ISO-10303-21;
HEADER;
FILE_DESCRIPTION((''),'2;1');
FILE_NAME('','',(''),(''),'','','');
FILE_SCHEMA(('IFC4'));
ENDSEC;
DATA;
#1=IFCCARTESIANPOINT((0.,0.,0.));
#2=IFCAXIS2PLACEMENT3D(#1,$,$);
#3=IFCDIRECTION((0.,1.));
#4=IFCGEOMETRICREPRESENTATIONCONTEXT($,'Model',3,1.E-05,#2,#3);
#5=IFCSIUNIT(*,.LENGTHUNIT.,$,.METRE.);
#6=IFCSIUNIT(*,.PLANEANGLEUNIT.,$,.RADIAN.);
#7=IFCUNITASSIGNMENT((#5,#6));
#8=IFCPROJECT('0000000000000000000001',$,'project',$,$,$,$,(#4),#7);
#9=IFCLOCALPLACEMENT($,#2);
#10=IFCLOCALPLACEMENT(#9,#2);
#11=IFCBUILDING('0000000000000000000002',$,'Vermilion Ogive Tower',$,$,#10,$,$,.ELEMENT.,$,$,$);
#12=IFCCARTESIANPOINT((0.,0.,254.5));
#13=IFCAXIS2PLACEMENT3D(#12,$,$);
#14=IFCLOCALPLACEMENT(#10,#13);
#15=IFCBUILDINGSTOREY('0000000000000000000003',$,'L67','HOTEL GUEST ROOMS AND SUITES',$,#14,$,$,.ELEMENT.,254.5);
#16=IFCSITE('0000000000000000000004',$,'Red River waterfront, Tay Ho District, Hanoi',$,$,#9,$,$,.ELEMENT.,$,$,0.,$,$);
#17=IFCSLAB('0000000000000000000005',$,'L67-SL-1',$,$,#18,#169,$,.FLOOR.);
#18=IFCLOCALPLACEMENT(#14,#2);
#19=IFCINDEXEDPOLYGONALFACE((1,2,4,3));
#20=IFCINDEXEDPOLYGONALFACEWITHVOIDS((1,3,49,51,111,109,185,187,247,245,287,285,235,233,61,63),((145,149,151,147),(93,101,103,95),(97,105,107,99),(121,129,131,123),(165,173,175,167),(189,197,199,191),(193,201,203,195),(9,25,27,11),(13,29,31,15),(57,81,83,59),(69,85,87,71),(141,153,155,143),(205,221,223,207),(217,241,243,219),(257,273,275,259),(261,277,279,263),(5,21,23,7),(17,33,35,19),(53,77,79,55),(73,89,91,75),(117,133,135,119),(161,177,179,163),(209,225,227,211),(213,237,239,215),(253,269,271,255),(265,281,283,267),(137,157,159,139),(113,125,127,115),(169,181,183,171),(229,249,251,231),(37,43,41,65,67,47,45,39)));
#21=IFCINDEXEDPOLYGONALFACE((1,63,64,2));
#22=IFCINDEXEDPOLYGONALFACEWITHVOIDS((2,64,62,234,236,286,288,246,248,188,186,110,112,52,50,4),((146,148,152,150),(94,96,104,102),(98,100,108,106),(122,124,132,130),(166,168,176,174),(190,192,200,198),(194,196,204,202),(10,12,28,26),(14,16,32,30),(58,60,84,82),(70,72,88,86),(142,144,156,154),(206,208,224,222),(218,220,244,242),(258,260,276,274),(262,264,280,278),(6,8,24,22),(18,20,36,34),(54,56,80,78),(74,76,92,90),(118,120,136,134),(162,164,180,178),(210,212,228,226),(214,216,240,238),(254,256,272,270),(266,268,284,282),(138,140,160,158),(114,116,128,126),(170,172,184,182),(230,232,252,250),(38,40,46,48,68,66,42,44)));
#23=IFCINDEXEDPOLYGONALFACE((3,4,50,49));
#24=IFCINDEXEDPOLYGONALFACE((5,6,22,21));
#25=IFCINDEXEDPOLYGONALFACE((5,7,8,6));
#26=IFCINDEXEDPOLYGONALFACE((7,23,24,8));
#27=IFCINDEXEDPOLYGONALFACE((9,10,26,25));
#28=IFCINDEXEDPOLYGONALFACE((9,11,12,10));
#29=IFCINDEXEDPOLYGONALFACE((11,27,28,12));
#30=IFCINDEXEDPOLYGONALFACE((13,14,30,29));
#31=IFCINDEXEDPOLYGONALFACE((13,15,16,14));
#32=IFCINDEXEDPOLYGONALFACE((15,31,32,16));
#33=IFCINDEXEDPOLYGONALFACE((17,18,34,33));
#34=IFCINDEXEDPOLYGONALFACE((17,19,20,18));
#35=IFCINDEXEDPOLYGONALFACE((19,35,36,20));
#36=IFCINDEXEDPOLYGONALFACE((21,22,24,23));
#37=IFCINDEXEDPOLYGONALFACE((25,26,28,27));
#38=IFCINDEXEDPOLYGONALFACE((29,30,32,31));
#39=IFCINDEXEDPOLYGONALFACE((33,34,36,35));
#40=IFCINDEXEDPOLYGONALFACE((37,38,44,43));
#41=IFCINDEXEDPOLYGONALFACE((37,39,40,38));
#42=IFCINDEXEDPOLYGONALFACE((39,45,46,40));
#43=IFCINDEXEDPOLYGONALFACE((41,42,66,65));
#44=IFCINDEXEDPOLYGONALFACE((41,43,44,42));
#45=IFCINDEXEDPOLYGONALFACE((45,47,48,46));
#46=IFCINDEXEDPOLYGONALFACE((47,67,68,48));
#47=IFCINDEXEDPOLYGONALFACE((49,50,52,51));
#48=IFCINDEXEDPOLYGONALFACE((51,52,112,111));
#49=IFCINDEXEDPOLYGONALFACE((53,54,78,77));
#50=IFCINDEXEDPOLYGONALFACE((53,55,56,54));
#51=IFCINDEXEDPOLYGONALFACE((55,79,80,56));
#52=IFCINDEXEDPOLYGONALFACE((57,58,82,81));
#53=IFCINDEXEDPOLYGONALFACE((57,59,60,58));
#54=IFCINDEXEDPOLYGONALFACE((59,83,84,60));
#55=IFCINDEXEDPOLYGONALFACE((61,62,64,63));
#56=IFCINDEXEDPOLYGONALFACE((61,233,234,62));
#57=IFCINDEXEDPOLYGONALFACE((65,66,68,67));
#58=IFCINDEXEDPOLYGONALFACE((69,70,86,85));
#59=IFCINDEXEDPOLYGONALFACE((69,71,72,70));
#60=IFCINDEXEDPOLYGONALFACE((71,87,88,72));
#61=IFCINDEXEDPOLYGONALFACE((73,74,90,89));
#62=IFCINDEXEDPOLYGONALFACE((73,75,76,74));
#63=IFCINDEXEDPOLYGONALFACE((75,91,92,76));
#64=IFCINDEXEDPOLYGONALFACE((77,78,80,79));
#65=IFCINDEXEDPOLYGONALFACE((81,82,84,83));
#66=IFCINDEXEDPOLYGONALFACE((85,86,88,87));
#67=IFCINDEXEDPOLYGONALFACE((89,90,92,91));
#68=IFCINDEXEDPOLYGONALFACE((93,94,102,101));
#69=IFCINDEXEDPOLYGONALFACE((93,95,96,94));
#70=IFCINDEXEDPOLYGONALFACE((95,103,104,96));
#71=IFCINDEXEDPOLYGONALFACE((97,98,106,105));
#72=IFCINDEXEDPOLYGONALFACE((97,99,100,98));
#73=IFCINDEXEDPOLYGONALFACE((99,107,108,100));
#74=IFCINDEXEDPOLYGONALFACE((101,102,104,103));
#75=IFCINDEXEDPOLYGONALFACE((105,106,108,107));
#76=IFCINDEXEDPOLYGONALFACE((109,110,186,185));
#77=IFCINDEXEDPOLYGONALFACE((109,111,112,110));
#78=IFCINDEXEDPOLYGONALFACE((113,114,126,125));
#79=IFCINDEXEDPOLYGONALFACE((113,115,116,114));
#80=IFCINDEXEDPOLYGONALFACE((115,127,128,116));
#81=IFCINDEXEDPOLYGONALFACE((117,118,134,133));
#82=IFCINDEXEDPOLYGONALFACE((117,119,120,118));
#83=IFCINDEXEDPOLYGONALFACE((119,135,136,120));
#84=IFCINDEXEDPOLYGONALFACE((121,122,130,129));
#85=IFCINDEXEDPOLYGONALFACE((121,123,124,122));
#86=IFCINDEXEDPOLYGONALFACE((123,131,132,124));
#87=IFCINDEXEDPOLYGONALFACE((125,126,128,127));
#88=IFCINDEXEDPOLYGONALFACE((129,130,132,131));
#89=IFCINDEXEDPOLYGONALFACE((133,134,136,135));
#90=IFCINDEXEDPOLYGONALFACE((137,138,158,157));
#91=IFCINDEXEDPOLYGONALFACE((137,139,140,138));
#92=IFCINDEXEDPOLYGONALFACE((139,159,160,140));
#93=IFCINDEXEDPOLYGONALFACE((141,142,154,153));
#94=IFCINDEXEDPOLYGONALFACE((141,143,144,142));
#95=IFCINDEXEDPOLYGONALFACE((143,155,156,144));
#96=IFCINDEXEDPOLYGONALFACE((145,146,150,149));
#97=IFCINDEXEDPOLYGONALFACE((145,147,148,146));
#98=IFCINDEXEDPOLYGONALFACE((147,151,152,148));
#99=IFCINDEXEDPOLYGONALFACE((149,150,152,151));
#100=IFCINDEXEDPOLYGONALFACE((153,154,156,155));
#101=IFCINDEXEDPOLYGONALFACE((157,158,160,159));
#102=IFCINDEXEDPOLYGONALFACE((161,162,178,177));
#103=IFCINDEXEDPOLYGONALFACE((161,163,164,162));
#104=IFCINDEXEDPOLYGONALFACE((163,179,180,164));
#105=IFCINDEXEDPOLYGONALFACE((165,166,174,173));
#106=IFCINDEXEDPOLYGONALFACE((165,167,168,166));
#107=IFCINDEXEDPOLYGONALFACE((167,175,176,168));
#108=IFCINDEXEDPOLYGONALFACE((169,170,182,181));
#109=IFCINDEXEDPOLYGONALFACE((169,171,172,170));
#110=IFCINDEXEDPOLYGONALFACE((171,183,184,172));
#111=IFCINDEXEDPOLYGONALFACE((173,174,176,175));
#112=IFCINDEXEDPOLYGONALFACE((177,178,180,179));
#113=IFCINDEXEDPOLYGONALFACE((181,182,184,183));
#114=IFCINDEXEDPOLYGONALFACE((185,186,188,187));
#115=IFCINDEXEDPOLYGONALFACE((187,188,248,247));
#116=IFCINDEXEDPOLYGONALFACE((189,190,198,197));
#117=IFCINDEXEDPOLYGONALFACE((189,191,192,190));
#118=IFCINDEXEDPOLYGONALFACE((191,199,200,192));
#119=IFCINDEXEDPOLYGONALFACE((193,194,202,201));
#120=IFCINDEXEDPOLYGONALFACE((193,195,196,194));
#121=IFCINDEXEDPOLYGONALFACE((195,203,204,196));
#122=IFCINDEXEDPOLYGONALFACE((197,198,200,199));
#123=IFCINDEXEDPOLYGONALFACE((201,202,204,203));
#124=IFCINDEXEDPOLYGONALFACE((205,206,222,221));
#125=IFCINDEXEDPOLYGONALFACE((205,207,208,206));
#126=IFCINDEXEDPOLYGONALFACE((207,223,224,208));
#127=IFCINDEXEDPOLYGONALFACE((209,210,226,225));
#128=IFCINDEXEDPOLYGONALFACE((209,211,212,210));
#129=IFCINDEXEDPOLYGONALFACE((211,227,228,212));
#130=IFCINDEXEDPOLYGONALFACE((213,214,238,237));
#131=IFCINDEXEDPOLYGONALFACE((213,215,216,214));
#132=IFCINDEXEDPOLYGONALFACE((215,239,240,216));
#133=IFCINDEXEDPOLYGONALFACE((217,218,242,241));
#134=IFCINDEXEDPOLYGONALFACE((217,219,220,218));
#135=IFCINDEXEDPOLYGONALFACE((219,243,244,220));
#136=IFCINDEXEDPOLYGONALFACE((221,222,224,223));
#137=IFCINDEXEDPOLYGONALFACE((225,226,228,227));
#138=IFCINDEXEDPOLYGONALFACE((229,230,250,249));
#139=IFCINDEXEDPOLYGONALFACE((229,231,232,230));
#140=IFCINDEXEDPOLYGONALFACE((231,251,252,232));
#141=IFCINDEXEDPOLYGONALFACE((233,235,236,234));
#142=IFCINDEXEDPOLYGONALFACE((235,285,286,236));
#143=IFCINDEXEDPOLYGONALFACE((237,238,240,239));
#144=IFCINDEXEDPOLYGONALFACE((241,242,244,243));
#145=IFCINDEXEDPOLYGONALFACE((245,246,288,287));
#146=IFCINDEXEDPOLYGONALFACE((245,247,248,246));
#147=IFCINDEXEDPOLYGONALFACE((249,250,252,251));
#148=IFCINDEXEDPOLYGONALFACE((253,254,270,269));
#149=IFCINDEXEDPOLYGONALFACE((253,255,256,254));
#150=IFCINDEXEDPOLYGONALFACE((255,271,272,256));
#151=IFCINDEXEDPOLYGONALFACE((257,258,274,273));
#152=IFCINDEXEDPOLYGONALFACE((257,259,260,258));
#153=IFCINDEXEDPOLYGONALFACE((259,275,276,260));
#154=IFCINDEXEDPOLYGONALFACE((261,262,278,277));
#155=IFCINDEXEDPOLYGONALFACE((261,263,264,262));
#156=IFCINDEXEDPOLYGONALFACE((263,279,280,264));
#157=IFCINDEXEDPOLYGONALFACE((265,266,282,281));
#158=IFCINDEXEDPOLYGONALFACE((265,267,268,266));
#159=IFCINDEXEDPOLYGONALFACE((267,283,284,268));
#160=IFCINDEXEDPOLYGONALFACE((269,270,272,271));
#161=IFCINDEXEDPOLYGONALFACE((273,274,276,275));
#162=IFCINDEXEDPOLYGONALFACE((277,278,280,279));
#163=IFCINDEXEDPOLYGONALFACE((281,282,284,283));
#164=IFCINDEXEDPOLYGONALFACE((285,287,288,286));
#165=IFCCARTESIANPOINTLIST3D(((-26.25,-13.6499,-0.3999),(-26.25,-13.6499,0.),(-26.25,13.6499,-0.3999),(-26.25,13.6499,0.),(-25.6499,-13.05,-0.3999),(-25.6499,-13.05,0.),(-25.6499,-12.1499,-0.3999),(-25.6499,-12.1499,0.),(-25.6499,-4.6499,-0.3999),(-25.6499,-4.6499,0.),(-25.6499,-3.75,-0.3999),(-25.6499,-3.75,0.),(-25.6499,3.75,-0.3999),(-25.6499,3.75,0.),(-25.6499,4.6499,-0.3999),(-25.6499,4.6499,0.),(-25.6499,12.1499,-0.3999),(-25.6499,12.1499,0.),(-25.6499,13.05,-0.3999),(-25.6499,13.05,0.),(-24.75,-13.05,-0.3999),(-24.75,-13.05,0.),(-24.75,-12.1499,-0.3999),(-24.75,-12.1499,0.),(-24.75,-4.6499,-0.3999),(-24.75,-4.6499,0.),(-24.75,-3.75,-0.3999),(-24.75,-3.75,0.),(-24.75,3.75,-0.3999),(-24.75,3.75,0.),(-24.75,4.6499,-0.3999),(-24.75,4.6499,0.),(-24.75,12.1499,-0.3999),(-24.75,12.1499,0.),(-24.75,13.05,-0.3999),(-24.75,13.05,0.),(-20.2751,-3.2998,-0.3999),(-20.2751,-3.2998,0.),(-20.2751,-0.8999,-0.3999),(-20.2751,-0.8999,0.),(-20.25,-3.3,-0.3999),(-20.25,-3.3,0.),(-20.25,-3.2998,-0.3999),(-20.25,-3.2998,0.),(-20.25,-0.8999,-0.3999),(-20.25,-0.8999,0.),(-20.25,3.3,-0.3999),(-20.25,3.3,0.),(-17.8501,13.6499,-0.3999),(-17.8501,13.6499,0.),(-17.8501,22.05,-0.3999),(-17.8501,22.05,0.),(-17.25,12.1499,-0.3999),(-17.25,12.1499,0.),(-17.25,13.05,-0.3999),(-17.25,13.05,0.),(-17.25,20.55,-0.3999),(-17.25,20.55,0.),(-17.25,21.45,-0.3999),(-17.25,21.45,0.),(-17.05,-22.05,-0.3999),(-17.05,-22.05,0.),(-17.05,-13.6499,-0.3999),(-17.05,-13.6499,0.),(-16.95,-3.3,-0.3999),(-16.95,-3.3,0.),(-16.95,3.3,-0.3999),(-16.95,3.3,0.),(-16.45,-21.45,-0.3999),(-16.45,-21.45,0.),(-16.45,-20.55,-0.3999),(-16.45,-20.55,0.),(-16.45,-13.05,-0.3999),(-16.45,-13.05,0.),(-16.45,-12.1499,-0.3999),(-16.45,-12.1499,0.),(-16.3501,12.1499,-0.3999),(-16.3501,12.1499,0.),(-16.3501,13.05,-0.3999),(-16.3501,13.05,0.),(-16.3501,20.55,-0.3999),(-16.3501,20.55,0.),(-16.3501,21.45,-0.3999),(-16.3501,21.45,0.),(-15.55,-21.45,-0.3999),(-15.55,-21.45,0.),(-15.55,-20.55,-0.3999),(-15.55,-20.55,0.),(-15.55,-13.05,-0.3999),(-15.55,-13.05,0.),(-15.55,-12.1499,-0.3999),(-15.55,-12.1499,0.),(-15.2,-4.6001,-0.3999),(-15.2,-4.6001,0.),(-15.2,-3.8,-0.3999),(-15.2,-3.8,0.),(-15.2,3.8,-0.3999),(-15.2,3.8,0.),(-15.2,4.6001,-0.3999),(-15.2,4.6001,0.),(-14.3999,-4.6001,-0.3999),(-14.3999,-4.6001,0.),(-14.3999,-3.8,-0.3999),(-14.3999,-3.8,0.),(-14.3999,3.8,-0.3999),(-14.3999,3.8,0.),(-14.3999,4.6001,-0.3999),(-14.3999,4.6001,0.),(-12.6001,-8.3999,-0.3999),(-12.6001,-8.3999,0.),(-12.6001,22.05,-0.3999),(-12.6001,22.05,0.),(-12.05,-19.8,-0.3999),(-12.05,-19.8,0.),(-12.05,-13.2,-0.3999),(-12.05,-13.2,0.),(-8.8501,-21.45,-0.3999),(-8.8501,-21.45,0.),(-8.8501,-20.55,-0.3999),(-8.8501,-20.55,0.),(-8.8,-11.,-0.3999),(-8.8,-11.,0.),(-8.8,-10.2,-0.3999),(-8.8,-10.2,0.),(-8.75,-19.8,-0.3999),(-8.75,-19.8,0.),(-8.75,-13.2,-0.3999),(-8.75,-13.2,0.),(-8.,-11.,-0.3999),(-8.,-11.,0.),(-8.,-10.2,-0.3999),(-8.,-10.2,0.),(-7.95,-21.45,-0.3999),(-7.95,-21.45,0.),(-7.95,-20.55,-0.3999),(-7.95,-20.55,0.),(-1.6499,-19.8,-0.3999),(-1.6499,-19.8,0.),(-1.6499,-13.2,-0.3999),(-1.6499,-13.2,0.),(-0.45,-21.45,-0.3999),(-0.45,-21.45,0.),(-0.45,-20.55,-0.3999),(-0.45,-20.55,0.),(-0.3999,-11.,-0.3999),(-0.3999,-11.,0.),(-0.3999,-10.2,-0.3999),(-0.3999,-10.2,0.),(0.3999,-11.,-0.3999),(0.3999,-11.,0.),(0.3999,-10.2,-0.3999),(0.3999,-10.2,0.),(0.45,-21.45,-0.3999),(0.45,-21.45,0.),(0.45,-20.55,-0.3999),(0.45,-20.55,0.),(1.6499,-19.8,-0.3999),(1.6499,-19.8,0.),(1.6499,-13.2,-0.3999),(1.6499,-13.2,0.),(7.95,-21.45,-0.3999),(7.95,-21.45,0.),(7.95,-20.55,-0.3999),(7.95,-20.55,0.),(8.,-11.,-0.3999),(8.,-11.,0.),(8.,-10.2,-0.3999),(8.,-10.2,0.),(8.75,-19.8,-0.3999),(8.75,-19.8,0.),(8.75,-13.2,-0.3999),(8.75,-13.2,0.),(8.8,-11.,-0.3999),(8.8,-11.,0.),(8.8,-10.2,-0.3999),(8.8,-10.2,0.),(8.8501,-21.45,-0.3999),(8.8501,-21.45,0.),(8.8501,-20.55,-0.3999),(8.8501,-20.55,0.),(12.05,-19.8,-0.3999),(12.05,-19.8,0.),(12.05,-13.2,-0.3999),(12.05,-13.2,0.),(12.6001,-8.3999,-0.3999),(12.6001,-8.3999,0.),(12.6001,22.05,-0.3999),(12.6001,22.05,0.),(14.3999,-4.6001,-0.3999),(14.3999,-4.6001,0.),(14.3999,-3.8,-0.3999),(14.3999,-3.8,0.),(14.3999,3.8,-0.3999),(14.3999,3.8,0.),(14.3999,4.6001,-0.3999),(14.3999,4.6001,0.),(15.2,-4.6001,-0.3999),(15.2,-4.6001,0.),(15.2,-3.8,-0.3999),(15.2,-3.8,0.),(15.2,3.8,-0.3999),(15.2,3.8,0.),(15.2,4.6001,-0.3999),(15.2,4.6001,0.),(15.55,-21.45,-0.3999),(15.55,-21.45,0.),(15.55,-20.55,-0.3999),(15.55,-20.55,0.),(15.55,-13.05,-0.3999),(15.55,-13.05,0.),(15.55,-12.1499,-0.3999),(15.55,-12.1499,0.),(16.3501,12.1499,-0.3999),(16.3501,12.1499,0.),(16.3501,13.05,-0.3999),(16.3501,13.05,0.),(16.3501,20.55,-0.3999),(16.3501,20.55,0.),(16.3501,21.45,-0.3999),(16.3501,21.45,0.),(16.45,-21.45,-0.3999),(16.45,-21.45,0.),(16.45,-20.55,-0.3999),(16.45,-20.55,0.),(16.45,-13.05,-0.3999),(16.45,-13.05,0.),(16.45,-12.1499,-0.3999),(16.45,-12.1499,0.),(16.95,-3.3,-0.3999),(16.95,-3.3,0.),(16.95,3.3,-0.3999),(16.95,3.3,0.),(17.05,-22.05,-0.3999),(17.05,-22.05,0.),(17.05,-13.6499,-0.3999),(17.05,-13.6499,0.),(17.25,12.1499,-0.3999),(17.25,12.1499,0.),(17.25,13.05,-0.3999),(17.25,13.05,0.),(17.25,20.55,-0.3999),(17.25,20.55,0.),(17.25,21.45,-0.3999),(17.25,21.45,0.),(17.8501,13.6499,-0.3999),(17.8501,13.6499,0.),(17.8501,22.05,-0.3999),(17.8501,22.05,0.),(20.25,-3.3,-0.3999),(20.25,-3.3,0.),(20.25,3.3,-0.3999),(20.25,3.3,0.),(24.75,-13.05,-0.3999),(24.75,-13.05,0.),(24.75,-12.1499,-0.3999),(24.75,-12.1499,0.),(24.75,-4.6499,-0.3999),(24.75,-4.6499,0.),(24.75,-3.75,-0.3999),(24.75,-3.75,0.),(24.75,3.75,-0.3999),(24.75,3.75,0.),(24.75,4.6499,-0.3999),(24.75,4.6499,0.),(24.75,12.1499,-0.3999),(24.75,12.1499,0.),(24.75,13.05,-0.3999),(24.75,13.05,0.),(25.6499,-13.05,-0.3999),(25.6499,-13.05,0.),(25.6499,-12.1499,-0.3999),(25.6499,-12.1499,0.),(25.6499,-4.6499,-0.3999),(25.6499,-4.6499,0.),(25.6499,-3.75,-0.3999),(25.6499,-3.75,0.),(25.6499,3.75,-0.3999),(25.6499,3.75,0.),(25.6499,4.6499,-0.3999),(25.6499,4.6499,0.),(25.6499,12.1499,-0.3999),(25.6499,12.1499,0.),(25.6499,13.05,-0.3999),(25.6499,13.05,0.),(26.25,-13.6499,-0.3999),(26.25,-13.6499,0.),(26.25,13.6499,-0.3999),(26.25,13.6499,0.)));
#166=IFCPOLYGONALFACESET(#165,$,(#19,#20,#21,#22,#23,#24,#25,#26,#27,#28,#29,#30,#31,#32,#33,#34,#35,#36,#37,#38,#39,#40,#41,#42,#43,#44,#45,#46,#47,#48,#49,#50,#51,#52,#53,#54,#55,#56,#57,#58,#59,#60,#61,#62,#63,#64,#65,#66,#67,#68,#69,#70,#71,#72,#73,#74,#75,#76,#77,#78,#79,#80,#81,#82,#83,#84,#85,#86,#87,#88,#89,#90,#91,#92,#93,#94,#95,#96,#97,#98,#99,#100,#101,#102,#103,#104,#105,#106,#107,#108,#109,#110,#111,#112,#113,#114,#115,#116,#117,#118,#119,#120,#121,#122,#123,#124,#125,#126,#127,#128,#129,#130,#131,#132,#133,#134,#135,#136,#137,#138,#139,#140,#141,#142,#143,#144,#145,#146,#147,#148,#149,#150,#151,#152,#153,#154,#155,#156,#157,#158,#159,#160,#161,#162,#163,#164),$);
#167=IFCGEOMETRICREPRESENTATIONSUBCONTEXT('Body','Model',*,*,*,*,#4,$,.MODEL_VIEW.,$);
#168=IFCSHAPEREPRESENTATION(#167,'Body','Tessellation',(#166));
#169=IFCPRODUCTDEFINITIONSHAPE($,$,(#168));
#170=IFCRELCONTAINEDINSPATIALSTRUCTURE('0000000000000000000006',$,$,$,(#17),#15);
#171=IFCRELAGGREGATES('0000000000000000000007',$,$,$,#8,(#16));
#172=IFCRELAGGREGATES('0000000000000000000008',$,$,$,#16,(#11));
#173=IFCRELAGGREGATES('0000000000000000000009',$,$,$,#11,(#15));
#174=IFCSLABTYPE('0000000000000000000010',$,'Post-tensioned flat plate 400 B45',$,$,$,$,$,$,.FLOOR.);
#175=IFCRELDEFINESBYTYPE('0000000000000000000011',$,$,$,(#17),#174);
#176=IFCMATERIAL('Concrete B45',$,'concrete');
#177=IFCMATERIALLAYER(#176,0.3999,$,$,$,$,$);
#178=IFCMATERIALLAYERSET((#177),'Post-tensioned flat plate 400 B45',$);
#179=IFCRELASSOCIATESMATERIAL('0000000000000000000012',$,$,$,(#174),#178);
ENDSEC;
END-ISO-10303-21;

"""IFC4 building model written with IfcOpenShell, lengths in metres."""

from ifc_helpers import new_model, si_unit, direction, frame, origin, place, context, subcontext, project, spatial, polyline, outline, extrude, material, layer, layer_set, type_object, element, save


model = new_model("IFC4")

# Units and contexts
model_context = context("Model", 3, precision=1e-05, world=origin(), true_north=direction((0.0, 1.0)))
body_context = subcontext(model_context, "Body", "Model", "MODEL_VIEW")
ifc_project = project(units=[si_unit("LENGTHUNIT", "METRE"), si_unit("PLANEANGLEUNIT", "RADIAN")], contexts=[model_context])

# Site, building, storey
site_placement = place(None, origin())
site = spatial("IfcSite", under=ifc_project, at=site_placement, Name="Red River waterfront, Tay Ho District, Hanoi", CompositionType="ELEMENT", RefElevation=0.0)
building_placement = place(site_placement, origin())
building = spatial("IfcBuilding", under=site, at=building_placement, Name="Vermilion Ogive Tower", CompositionType="ELEMENT")
storey_placement = place(building_placement, frame((0.0, 0.0, 254.5)))
storey = spatial("IfcBuildingStorey", under=building, at=storey_placement, Name="L67", Description="HOTEL GUEST ROOMS AND SUITES", CompositionType="ELEMENT", Elevation=254.5)

# Slab
ifc_material_1 = material(Name="Concrete B45", Category="concrete")
ifc_layer_1 = layer(ifc_material_1, 0.3999)
ifc_layer_set_1 = layer_set([ifc_layer_1], Name="Post-tensioned flat plate 400 B45")
slab_type = type_object("IfcSlabType", Name="Post-tensioned flat plate 400 B45", PredefinedType="FLOOR", material=ifc_layer_set_1)
slab_placement = place(storey_placement, frame((0.0, 0.0, -0.3999)))
element("IfcSlab", 1, at=slab_placement, inside=storey, type_object=slab_type, Name="L67-SL-1", PredefinedType="FLOOR", context=body_context, shape_type="SweptSolid", body=[
    extrude(outline(polyline([(-26.25, -13.6499), (-17.05, -13.6499), (-17.05, -22.05), (17.05, -22.05), (17.05, -13.6499), (26.25, -13.6499), (26.25, 13.6499), (17.8501, 13.6499), (17.8501, 22.05), (12.6001, 22.05), (12.6001, -8.3999), (-12.6001, -8.3999), (-12.6001, 22.05), (-17.8501, 22.05), (-17.8501, 13.6499), (-26.25, 13.6499), (-26.25, -13.6499)]), holes=[polyline([(25.6499, -3.75), (25.6499, -4.6499), (24.75, -4.6499), (24.75, -3.75), (25.6499, -3.75)]), polyline([(25.6499, -12.1499), (25.6499, -13.05), (24.75, -13.05), (24.75, -12.1499), (25.6499, -12.1499)]), polyline([(25.6499, 12.1499), (24.75, 12.1499), (24.75, 13.05), (25.6499, 13.05), (25.6499, 12.1499)]), polyline([(25.6499, 3.75), (24.75, 3.75), (24.75, 4.6499), (25.6499, 4.6499), (25.6499, 3.75)]), polyline([(20.25, 3.3), (20.25, -3.3), (16.95, -3.3), (16.95, 3.3), (20.25, 3.3)]), polyline([(17.25, 13.05), (17.25, 12.1499), (16.3501, 12.1499), (16.3501, 13.05), (17.25, 13.05)]), polyline([(17.25, 20.55), (16.3501, 20.55), (16.3501, 21.45), (17.25, 21.45), (17.25, 20.55)]), polyline([(16.45, -12.1499), (16.45, -13.05), (15.55, -13.05), (15.55, -12.1499), (16.45, -12.1499)]), polyline([(16.45, -20.55), (16.45, -21.45), (15.55, -21.45), (15.55, -20.55), (16.45, -20.55)]), polyline([(15.2, 4.6001), (15.2, 3.8), (14.3999, 3.8), (14.3999, 4.6001), (15.2, 4.6001)]), polyline([(15.2, -4.6001), (14.3999, -4.6001), (14.3999, -3.8), (15.2, -3.8), (15.2, -4.6001)]), polyline([(12.05, -13.2), (12.05, -19.8), (8.75, -19.8), (8.75, -13.2), (12.05, -13.2)]), polyline([(8.8501, -20.55), (8.8501, -21.45), (7.95, -21.45), (7.95, -20.55), (8.8501, -20.55)]), polyline([(8.8, -11.0), (8.0, -11.0), (8.0, -10.2), (8.8, -10.2), (8.8, -11.0)]), polyline([(1.6499, -13.2), (1.6499, -19.8), (-1.6499, -19.8), (-1.6499, -13.2), (1.6499, -13.2)]), polyline([(0.45, -20.55), (0.45, -21.45), (-0.45, -21.45), (-0.45, -20.55), (0.45, -20.55)]), polyline([(0.3999, -10.2), (0.3999, -11.0), (-0.3999, -11.0), (-0.3999, -10.2), (0.3999, -10.2)]), polyline([(-7.95, -20.55), (-7.95, -21.45), (-8.8501, -21.45), (-8.8501, -20.55), (-7.95, -20.55)]), polyline([(-8.0, -10.2), (-8.0, -11.0), (-8.8, -11.0), (-8.8, -10.2), (-8.0, -10.2)]), polyline([(-8.75, -13.2), (-8.75, -19.8), (-12.05, -19.8), (-12.05, -13.2), (-8.75, -13.2)]), polyline([(-14.3999, 4.6001), (-14.3999, 3.8), (-15.2, 3.8), (-15.2, 4.6001), (-14.3999, 4.6001)]), polyline([(-14.3999, -4.6001), (-15.2, -4.6001), (-15.2, -3.8), (-14.3999, -3.8), (-14.3999, -4.6001)]), polyline([(-15.55, -12.1499), (-15.55, -13.05), (-16.45, -13.05), (-16.45, -12.1499), (-15.55, -12.1499)]), polyline([(-15.55, -20.55), (-15.55, -21.45), (-16.45, -21.45), (-16.45, -20.55), (-15.55, -20.55)]), polyline([(-16.3501, 13.05), (-16.3501, 12.1499), (-17.25, 12.1499), (-17.25, 13.05), (-16.3501, 13.05)]), polyline([(-16.3501, 20.55), (-17.25, 20.55), (-17.25, 21.45), (-16.3501, 21.45), (-16.3501, 20.55)]), polyline([(-16.95, 3.3), (-16.95, -3.3), (-20.25, -3.3), (-20.25, -3.2998), (-20.2751, -3.2998), (-20.2751, -0.8999), (-20.25, -0.8999), (-20.25, 3.3), (-16.95, 3.3)]), polyline([(-24.75, 3.75), (-25.6499, 3.75), (-25.6499, 4.6499), (-24.75, 4.6499), (-24.75, 3.75)]), polyline([(-24.75, 13.05), (-24.75, 12.1499), (-25.6499, 12.1499), (-25.6499, 13.05), (-24.75, 13.05)]), polyline([(-24.75, -3.75), (-24.75, -4.6499), (-25.6499, -4.6499), (-25.6499, -3.75), (-24.75, -3.75)]), polyline([(-24.75, -12.1499), (-24.75, -13.05), (-25.6499, -13.05), (-25.6499, -12.1499), (-24.75, -12.1499)])]), origin(), (0.0, 0.0, 1.0), 0.3999),
])

save(model, "model.ifc")
